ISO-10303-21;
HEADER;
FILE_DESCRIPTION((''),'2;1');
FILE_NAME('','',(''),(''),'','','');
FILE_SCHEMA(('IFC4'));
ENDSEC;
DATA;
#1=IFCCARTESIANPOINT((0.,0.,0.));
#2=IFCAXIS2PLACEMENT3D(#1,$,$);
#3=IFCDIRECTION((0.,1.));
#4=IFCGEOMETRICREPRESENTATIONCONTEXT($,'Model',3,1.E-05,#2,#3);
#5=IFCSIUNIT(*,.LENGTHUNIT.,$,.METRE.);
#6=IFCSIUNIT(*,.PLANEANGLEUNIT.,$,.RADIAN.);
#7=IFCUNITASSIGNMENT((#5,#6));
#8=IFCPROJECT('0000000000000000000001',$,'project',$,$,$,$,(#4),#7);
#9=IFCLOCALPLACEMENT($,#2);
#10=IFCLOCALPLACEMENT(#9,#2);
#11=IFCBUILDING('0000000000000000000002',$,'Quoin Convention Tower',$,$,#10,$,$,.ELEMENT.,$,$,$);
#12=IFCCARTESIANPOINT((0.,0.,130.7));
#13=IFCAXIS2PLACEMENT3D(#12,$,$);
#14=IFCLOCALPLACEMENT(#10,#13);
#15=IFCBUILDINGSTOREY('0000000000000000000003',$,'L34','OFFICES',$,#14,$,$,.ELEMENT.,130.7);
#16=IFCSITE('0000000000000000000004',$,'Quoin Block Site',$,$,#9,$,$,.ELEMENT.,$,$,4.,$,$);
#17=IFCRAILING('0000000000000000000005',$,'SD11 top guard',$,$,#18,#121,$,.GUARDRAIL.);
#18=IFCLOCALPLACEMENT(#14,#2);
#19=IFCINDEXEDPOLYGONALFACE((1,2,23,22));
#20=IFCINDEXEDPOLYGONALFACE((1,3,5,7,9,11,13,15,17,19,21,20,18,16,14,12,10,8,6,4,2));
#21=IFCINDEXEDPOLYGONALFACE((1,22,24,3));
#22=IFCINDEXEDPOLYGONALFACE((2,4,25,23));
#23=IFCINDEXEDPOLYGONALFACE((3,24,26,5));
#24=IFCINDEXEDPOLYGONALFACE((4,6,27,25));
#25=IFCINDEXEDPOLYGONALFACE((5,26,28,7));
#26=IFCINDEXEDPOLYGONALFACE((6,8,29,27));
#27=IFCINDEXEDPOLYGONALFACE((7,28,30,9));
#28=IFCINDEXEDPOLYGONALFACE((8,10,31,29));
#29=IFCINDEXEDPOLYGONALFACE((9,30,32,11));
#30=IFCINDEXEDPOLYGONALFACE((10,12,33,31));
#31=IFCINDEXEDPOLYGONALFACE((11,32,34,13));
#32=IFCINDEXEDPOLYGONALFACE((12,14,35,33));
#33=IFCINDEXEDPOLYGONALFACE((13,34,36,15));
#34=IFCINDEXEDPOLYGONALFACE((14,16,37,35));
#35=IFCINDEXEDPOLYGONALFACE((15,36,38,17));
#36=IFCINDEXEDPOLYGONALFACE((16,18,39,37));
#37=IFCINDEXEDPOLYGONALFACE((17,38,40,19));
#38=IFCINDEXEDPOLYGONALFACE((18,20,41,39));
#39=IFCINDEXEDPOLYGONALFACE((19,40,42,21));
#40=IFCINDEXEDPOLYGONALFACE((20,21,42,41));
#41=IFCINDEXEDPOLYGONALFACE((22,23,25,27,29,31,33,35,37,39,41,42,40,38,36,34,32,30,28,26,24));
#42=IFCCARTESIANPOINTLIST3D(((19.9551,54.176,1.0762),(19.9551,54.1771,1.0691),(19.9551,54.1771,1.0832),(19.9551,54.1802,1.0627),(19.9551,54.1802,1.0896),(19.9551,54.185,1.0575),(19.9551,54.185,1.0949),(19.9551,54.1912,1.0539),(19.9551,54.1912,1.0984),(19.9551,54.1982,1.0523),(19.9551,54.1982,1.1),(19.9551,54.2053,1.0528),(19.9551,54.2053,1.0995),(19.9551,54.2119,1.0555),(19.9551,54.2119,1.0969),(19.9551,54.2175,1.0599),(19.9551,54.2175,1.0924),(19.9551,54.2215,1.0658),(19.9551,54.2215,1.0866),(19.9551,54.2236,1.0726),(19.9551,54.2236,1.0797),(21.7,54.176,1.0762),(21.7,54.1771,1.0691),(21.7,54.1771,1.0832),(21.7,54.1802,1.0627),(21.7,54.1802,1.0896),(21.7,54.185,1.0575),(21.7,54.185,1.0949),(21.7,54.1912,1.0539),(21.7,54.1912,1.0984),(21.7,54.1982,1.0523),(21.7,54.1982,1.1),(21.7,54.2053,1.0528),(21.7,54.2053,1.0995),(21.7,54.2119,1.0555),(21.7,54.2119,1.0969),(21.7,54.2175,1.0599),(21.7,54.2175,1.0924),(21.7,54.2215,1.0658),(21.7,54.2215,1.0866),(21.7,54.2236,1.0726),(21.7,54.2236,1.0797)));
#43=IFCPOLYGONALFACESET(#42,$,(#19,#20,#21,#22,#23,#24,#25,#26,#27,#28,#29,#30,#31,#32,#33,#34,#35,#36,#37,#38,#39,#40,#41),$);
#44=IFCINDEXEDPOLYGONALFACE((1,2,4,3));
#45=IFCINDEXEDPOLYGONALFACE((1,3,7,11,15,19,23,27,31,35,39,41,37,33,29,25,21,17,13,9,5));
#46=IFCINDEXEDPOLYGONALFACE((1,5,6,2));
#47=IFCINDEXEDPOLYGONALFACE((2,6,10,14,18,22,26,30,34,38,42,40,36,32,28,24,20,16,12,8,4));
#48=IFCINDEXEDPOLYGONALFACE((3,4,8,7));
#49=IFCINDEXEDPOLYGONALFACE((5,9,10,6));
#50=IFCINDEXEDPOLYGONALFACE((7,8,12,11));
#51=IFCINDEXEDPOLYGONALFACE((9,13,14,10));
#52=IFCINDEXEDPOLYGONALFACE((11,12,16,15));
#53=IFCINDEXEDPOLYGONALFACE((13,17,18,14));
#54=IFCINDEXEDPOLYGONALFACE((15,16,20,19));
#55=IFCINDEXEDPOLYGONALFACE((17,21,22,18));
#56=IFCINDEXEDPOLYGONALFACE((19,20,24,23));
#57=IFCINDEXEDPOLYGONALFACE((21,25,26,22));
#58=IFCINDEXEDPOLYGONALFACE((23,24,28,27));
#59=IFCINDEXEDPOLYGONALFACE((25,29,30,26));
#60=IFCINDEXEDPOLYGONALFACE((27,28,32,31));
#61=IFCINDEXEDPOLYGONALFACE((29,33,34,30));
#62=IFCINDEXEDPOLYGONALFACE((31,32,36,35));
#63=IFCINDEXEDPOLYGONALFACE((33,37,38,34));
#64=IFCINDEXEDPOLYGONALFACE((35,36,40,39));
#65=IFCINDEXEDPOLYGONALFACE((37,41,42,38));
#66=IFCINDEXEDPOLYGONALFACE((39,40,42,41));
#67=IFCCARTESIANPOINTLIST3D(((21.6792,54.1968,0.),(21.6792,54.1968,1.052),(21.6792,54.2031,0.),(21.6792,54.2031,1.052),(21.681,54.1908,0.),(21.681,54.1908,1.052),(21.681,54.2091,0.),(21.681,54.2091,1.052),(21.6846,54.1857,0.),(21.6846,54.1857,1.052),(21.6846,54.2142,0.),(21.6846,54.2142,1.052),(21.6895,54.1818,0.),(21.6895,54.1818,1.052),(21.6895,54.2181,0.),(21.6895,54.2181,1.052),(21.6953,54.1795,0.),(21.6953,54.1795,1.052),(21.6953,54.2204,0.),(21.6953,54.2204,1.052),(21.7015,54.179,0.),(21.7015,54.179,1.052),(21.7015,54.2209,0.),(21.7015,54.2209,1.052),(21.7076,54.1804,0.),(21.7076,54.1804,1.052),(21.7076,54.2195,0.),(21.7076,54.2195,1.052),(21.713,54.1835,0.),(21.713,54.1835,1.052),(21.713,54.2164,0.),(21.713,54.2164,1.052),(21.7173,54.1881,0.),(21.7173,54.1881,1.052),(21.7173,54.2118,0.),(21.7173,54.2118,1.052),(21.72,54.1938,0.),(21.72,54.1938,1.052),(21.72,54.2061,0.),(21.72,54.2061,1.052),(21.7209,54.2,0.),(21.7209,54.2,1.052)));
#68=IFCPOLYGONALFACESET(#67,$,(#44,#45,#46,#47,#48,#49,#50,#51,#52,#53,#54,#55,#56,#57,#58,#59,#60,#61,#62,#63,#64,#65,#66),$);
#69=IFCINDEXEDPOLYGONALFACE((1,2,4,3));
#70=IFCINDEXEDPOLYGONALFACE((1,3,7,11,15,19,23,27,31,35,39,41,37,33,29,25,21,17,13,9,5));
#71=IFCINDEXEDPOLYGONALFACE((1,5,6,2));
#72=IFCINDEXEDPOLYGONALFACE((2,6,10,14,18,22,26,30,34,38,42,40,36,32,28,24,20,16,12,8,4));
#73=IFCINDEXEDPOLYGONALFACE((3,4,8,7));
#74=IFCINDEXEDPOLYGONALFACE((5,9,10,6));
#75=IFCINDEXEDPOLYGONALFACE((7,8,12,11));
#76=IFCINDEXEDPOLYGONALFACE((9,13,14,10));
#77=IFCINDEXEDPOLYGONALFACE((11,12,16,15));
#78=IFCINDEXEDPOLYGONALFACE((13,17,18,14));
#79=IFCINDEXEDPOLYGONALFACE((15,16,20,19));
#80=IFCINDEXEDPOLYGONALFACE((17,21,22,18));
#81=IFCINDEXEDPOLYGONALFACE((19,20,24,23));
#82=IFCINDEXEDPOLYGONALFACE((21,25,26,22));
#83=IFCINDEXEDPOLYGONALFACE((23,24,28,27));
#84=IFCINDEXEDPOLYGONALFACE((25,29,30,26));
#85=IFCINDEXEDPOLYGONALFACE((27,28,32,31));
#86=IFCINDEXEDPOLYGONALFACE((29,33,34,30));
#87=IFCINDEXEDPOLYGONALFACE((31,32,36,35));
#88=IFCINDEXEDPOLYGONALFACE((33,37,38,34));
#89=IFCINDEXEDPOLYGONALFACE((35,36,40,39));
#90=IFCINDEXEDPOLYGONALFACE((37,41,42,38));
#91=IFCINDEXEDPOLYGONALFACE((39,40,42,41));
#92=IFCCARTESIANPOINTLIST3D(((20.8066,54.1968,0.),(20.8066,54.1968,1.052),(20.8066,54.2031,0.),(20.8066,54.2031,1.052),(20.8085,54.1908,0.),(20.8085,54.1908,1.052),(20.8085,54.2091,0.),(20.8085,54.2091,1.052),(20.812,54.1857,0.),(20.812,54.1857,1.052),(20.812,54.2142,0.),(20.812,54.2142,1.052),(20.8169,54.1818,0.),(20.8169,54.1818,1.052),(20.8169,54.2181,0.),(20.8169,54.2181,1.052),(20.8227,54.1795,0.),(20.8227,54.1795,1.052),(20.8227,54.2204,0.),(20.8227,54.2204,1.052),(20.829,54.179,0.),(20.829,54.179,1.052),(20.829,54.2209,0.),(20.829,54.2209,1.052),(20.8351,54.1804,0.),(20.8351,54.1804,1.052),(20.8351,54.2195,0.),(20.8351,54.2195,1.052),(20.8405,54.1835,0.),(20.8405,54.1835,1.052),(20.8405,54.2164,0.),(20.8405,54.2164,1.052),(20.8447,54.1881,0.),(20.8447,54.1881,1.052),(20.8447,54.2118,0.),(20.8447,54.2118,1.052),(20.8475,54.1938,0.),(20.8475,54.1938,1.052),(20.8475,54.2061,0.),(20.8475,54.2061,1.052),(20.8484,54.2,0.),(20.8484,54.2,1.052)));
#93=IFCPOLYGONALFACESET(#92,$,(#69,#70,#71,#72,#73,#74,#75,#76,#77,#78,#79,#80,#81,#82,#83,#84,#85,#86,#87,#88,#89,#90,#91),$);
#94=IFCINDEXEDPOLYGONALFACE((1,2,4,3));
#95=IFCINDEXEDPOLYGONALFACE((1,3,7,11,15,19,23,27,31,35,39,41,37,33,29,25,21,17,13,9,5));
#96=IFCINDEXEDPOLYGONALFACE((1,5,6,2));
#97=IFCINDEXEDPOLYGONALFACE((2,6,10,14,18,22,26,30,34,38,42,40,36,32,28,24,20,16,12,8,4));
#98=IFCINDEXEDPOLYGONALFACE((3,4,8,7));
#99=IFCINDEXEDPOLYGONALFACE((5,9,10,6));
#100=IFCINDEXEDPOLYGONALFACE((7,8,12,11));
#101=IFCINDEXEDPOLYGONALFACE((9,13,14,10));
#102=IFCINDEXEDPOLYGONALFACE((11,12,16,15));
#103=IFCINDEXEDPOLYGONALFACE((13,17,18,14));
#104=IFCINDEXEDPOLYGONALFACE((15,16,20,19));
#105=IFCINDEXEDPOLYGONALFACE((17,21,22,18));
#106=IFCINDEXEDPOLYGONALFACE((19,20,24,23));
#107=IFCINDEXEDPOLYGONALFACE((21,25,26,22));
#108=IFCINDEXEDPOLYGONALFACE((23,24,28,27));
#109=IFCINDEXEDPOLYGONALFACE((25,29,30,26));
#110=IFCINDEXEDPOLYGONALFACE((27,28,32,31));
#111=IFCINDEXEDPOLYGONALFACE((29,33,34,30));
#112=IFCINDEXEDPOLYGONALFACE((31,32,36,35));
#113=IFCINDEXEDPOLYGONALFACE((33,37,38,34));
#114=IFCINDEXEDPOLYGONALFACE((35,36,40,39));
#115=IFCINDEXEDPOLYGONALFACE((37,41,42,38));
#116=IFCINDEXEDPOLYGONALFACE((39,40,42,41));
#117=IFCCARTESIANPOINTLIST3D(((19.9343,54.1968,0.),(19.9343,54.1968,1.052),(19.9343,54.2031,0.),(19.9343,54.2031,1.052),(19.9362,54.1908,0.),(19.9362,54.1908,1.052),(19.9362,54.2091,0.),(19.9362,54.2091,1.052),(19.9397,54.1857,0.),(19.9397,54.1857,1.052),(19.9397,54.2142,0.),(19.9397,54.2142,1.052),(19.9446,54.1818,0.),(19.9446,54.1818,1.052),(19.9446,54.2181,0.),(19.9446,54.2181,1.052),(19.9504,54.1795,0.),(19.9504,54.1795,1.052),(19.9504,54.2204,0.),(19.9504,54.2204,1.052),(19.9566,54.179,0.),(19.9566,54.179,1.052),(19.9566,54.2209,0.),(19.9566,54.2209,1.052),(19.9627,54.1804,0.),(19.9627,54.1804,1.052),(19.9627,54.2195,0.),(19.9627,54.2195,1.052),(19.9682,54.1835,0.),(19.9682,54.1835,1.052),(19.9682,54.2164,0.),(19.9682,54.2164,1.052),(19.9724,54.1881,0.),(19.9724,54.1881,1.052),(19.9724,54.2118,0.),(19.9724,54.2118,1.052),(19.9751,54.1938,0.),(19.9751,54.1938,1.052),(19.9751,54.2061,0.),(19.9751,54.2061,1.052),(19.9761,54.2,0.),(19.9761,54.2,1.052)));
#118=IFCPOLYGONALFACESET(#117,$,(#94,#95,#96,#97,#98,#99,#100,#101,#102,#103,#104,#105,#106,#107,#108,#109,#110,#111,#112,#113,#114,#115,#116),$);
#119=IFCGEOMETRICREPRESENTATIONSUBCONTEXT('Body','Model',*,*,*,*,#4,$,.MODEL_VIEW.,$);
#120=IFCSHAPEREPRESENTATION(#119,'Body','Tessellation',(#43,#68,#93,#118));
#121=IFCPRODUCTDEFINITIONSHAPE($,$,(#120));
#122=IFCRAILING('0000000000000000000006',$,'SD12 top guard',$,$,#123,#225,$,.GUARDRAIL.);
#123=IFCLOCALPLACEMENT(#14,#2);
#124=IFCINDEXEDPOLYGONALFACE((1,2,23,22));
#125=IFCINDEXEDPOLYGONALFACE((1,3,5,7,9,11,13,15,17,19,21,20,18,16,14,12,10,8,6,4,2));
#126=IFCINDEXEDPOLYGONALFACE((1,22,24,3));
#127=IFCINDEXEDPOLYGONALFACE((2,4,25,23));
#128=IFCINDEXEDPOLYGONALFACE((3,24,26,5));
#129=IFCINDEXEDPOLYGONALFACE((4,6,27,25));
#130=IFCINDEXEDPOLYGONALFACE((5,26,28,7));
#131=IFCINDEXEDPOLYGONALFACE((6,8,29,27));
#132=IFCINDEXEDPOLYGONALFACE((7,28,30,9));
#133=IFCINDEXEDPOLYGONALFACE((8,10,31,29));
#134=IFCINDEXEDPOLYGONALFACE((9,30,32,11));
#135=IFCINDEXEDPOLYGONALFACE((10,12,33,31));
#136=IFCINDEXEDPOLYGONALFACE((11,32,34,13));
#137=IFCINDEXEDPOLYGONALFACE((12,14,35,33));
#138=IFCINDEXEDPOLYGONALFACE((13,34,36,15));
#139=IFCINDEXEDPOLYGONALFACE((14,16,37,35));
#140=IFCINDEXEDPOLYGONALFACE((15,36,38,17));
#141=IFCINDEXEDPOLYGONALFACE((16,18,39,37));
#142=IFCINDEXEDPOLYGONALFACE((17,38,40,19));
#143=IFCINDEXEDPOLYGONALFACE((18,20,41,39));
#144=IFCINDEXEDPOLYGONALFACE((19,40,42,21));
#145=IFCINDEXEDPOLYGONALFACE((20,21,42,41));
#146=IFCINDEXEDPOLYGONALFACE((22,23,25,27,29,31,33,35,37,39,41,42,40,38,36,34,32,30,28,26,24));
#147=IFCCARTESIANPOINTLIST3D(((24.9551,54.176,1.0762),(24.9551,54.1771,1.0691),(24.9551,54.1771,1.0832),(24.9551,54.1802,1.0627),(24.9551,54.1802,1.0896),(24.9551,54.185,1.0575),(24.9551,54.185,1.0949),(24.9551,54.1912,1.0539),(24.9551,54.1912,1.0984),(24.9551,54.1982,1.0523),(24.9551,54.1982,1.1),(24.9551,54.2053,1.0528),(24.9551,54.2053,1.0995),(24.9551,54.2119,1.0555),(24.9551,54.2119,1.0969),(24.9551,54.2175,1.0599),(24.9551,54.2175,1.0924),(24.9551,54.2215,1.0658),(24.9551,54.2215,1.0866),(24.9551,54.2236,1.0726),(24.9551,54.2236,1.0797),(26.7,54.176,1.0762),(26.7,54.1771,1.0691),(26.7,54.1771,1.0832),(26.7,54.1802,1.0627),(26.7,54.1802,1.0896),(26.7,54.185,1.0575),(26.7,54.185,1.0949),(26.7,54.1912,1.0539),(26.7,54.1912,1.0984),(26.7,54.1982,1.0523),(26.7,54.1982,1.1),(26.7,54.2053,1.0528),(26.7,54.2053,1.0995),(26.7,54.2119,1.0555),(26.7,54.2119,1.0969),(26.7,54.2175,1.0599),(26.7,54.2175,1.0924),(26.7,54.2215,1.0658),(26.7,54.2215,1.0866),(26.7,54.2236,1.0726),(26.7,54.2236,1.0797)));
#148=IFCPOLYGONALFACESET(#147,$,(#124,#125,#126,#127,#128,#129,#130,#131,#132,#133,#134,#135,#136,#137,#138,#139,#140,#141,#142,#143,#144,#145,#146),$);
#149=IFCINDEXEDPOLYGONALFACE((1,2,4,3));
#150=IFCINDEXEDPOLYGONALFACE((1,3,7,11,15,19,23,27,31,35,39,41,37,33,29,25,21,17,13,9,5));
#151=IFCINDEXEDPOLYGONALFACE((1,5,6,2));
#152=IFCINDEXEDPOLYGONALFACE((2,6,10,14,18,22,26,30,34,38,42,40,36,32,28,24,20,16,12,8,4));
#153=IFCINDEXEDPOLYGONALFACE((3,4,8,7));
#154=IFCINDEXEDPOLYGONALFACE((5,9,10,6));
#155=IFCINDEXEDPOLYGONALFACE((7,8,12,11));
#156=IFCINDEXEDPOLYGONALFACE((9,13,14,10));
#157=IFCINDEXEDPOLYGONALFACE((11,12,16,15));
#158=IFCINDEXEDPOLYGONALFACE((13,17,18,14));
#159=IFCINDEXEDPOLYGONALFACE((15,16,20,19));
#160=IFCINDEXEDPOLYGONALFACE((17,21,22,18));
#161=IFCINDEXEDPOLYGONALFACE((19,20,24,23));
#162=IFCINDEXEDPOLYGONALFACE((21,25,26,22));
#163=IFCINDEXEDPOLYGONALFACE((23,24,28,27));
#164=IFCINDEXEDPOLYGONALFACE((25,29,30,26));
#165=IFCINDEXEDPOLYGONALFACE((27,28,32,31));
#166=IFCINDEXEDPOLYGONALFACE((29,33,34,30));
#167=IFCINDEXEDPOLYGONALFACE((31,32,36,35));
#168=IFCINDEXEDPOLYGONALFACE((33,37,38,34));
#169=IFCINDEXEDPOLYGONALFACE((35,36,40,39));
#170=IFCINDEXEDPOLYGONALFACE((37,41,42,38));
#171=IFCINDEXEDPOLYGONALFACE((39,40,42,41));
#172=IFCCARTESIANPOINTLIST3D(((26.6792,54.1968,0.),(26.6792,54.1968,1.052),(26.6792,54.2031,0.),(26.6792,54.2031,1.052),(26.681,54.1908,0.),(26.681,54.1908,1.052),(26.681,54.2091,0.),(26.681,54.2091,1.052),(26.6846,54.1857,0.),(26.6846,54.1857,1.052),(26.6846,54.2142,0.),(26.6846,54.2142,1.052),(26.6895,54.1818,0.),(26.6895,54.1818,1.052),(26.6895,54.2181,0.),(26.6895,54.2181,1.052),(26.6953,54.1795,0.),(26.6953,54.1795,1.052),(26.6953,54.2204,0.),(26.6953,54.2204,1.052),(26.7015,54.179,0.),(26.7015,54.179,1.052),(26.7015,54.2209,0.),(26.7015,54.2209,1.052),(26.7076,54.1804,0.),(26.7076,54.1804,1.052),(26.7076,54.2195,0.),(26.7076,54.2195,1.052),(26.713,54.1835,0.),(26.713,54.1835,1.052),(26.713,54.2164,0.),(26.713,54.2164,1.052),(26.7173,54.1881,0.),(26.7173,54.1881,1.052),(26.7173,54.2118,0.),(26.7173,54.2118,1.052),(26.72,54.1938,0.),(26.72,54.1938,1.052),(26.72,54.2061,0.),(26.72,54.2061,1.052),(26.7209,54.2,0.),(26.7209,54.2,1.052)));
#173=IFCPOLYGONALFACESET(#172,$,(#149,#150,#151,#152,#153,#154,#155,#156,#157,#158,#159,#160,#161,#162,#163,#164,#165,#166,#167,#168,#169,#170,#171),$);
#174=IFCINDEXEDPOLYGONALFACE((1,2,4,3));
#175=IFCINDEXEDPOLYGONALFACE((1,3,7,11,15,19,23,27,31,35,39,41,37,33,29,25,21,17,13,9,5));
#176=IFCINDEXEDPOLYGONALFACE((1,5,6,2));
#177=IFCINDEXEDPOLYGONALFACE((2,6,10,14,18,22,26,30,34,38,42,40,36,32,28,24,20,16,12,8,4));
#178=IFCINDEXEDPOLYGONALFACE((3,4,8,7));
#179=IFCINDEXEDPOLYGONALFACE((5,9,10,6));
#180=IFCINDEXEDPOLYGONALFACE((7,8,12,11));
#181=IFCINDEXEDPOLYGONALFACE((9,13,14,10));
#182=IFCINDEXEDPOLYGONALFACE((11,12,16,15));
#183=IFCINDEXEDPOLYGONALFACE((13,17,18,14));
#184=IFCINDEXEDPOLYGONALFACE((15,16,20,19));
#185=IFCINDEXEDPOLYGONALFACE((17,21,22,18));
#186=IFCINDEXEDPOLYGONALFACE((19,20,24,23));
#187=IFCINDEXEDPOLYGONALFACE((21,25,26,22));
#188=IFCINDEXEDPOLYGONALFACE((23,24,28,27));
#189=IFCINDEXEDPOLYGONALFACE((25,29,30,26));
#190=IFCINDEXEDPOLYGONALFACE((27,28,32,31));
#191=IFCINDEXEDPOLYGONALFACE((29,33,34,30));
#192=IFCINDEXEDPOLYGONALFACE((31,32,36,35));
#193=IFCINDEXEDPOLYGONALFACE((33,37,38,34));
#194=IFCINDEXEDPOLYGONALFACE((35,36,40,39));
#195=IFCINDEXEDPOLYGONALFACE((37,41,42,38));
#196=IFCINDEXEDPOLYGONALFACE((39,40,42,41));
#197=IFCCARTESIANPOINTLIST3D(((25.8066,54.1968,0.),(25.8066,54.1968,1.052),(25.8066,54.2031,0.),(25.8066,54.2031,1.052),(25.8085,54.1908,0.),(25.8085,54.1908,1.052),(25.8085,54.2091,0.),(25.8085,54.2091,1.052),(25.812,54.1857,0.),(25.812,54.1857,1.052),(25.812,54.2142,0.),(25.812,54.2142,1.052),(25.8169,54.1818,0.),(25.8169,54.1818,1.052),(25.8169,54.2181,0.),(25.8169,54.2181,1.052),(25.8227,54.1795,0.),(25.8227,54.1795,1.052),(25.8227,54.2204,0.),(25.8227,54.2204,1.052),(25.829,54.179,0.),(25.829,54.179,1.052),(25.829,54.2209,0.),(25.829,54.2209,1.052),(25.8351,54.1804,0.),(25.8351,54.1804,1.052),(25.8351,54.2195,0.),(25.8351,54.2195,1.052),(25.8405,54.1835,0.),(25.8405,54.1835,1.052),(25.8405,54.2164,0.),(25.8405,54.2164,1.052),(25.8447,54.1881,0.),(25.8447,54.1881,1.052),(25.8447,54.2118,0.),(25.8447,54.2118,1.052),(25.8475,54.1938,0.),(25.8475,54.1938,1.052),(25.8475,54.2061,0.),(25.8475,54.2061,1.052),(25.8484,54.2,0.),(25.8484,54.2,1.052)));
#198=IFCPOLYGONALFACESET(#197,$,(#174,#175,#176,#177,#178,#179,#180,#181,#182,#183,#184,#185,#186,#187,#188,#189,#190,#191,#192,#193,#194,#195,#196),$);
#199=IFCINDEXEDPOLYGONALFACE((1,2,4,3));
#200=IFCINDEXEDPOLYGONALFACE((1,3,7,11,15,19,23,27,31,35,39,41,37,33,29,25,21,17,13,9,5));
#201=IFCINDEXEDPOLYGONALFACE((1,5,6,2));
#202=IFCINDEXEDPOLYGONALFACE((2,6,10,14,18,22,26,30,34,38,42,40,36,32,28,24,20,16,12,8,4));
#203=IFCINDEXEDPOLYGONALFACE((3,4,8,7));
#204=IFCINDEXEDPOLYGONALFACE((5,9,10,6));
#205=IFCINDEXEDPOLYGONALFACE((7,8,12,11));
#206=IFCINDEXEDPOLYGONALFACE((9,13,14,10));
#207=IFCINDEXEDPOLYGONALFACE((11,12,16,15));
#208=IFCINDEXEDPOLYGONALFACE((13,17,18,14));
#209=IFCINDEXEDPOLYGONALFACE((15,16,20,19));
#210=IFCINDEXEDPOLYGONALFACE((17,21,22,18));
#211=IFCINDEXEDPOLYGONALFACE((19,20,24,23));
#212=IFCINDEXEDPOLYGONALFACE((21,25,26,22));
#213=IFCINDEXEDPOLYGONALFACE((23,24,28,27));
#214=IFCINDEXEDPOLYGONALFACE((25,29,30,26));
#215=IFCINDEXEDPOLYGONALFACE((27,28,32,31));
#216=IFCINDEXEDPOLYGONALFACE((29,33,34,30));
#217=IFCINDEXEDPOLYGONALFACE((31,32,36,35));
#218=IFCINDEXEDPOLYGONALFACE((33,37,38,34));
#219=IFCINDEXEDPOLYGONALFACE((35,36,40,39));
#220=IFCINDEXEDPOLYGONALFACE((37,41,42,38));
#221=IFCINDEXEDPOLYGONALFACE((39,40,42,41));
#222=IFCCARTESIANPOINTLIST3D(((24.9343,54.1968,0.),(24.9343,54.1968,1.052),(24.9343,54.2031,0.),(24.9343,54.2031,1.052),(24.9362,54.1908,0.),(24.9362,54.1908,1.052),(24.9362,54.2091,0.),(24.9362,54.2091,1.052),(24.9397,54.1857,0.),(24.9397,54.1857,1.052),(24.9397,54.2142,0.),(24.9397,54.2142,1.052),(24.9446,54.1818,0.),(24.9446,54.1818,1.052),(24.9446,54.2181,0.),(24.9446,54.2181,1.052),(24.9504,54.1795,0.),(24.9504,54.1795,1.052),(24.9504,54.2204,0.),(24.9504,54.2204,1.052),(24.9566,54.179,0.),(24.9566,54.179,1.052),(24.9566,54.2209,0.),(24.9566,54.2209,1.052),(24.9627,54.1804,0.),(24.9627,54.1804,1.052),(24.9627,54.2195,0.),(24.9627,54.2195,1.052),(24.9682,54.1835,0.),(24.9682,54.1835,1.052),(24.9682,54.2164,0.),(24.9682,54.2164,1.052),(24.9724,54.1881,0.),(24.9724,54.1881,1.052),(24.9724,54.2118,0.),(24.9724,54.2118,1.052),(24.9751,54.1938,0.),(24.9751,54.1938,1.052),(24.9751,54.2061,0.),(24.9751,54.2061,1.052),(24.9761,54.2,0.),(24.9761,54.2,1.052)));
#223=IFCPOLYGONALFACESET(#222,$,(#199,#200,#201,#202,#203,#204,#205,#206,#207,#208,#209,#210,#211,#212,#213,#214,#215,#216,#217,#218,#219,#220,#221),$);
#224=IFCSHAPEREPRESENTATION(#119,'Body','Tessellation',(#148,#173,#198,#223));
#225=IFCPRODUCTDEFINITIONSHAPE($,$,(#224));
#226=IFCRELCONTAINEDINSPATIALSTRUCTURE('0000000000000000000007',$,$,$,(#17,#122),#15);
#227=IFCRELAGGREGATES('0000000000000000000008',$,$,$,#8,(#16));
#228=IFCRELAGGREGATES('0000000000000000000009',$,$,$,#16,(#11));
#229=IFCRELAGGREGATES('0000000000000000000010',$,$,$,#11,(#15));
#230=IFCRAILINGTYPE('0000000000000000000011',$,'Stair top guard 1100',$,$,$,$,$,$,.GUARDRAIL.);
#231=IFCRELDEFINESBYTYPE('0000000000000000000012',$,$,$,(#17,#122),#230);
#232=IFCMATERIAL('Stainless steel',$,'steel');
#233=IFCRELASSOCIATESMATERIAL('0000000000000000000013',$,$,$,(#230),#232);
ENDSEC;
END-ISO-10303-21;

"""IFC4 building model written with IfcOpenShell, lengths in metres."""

from ifc_helpers import new_model, si_unit, direction, frame, origin, origin_2d, place, context, subcontext, project, spatial, circle, extrude, material, type_object, element, save


model = new_model("IFC4")

# Units and contexts
model_context = context("Model", 3, precision=1e-05, world=origin(), true_north=direction((0.0, 1.0)))
body_context = subcontext(model_context, "Body", "Model", "MODEL_VIEW")
ifc_project = project(units=[si_unit("LENGTHUNIT", "METRE"), si_unit("PLANEANGLEUNIT", "RADIAN")], contexts=[model_context])

# Site, building, storey
site_placement = place(None, origin())
site = spatial("IfcSite", under=ifc_project, at=site_placement, Name="Quoin Block Site", CompositionType="ELEMENT", RefElevation=4.0)
building_placement = place(site_placement, origin())
building = spatial("IfcBuilding", under=site, at=building_placement, Name="Quoin Convention Tower", CompositionType="ELEMENT")
storey_placement = place(building_placement, frame((0.0, 0.0, 130.7)))
storey = spatial("IfcBuildingStorey", under=building, at=storey_placement, Name="L34", Description="OFFICES", CompositionType="ELEMENT", Elevation=130.7)

# Railings
ifc_material_1 = material(Name="Stainless steel", Category="steel")
railing_type_1 = type_object("IfcRailingType", Name="Stair top guard 1100", PredefinedType="GUARDRAIL", material=ifc_material_1)
for number, where, name in (
    (1, (21.7, 54.2, 0.0), "SD11 top guard"),
    (2, (26.7, 54.2, 0.0), "SD12 top guard"),
):
    element("IfcRailing", number, at=place(storey_placement, frame(where)), inside=storey, type_object=railing_type_1, Name=name, PredefinedType="GUARDRAIL", context=body_context, shape_type="SweptSolid", body=[
        extrude(circle(Radius=0.0239, at=origin_2d()), frame((0.0, 0.0, 1.0762), z_axis=(-1.0, 0.0, 0.0), x_axis=(0.0, -1.0, 0.0)), (0.0, 0.0, 1.0), 1.7449),
        extrude(circle(Radius=0.021, at=origin_2d()), origin(), (0.0, 0.0, 1.0), 1.052),
        extrude(circle(Radius=0.021, at=origin_2d()), frame((-0.8726, 0.0, 0.0)), (0.0, 0.0, 1.0), 1.052),
        extrude(circle(Radius=0.021, at=origin_2d()), frame((-1.7449, 0.0, 0.0)), (0.0, 0.0, 1.0), 1.052),
    ])

save(model, "model.ifc")
